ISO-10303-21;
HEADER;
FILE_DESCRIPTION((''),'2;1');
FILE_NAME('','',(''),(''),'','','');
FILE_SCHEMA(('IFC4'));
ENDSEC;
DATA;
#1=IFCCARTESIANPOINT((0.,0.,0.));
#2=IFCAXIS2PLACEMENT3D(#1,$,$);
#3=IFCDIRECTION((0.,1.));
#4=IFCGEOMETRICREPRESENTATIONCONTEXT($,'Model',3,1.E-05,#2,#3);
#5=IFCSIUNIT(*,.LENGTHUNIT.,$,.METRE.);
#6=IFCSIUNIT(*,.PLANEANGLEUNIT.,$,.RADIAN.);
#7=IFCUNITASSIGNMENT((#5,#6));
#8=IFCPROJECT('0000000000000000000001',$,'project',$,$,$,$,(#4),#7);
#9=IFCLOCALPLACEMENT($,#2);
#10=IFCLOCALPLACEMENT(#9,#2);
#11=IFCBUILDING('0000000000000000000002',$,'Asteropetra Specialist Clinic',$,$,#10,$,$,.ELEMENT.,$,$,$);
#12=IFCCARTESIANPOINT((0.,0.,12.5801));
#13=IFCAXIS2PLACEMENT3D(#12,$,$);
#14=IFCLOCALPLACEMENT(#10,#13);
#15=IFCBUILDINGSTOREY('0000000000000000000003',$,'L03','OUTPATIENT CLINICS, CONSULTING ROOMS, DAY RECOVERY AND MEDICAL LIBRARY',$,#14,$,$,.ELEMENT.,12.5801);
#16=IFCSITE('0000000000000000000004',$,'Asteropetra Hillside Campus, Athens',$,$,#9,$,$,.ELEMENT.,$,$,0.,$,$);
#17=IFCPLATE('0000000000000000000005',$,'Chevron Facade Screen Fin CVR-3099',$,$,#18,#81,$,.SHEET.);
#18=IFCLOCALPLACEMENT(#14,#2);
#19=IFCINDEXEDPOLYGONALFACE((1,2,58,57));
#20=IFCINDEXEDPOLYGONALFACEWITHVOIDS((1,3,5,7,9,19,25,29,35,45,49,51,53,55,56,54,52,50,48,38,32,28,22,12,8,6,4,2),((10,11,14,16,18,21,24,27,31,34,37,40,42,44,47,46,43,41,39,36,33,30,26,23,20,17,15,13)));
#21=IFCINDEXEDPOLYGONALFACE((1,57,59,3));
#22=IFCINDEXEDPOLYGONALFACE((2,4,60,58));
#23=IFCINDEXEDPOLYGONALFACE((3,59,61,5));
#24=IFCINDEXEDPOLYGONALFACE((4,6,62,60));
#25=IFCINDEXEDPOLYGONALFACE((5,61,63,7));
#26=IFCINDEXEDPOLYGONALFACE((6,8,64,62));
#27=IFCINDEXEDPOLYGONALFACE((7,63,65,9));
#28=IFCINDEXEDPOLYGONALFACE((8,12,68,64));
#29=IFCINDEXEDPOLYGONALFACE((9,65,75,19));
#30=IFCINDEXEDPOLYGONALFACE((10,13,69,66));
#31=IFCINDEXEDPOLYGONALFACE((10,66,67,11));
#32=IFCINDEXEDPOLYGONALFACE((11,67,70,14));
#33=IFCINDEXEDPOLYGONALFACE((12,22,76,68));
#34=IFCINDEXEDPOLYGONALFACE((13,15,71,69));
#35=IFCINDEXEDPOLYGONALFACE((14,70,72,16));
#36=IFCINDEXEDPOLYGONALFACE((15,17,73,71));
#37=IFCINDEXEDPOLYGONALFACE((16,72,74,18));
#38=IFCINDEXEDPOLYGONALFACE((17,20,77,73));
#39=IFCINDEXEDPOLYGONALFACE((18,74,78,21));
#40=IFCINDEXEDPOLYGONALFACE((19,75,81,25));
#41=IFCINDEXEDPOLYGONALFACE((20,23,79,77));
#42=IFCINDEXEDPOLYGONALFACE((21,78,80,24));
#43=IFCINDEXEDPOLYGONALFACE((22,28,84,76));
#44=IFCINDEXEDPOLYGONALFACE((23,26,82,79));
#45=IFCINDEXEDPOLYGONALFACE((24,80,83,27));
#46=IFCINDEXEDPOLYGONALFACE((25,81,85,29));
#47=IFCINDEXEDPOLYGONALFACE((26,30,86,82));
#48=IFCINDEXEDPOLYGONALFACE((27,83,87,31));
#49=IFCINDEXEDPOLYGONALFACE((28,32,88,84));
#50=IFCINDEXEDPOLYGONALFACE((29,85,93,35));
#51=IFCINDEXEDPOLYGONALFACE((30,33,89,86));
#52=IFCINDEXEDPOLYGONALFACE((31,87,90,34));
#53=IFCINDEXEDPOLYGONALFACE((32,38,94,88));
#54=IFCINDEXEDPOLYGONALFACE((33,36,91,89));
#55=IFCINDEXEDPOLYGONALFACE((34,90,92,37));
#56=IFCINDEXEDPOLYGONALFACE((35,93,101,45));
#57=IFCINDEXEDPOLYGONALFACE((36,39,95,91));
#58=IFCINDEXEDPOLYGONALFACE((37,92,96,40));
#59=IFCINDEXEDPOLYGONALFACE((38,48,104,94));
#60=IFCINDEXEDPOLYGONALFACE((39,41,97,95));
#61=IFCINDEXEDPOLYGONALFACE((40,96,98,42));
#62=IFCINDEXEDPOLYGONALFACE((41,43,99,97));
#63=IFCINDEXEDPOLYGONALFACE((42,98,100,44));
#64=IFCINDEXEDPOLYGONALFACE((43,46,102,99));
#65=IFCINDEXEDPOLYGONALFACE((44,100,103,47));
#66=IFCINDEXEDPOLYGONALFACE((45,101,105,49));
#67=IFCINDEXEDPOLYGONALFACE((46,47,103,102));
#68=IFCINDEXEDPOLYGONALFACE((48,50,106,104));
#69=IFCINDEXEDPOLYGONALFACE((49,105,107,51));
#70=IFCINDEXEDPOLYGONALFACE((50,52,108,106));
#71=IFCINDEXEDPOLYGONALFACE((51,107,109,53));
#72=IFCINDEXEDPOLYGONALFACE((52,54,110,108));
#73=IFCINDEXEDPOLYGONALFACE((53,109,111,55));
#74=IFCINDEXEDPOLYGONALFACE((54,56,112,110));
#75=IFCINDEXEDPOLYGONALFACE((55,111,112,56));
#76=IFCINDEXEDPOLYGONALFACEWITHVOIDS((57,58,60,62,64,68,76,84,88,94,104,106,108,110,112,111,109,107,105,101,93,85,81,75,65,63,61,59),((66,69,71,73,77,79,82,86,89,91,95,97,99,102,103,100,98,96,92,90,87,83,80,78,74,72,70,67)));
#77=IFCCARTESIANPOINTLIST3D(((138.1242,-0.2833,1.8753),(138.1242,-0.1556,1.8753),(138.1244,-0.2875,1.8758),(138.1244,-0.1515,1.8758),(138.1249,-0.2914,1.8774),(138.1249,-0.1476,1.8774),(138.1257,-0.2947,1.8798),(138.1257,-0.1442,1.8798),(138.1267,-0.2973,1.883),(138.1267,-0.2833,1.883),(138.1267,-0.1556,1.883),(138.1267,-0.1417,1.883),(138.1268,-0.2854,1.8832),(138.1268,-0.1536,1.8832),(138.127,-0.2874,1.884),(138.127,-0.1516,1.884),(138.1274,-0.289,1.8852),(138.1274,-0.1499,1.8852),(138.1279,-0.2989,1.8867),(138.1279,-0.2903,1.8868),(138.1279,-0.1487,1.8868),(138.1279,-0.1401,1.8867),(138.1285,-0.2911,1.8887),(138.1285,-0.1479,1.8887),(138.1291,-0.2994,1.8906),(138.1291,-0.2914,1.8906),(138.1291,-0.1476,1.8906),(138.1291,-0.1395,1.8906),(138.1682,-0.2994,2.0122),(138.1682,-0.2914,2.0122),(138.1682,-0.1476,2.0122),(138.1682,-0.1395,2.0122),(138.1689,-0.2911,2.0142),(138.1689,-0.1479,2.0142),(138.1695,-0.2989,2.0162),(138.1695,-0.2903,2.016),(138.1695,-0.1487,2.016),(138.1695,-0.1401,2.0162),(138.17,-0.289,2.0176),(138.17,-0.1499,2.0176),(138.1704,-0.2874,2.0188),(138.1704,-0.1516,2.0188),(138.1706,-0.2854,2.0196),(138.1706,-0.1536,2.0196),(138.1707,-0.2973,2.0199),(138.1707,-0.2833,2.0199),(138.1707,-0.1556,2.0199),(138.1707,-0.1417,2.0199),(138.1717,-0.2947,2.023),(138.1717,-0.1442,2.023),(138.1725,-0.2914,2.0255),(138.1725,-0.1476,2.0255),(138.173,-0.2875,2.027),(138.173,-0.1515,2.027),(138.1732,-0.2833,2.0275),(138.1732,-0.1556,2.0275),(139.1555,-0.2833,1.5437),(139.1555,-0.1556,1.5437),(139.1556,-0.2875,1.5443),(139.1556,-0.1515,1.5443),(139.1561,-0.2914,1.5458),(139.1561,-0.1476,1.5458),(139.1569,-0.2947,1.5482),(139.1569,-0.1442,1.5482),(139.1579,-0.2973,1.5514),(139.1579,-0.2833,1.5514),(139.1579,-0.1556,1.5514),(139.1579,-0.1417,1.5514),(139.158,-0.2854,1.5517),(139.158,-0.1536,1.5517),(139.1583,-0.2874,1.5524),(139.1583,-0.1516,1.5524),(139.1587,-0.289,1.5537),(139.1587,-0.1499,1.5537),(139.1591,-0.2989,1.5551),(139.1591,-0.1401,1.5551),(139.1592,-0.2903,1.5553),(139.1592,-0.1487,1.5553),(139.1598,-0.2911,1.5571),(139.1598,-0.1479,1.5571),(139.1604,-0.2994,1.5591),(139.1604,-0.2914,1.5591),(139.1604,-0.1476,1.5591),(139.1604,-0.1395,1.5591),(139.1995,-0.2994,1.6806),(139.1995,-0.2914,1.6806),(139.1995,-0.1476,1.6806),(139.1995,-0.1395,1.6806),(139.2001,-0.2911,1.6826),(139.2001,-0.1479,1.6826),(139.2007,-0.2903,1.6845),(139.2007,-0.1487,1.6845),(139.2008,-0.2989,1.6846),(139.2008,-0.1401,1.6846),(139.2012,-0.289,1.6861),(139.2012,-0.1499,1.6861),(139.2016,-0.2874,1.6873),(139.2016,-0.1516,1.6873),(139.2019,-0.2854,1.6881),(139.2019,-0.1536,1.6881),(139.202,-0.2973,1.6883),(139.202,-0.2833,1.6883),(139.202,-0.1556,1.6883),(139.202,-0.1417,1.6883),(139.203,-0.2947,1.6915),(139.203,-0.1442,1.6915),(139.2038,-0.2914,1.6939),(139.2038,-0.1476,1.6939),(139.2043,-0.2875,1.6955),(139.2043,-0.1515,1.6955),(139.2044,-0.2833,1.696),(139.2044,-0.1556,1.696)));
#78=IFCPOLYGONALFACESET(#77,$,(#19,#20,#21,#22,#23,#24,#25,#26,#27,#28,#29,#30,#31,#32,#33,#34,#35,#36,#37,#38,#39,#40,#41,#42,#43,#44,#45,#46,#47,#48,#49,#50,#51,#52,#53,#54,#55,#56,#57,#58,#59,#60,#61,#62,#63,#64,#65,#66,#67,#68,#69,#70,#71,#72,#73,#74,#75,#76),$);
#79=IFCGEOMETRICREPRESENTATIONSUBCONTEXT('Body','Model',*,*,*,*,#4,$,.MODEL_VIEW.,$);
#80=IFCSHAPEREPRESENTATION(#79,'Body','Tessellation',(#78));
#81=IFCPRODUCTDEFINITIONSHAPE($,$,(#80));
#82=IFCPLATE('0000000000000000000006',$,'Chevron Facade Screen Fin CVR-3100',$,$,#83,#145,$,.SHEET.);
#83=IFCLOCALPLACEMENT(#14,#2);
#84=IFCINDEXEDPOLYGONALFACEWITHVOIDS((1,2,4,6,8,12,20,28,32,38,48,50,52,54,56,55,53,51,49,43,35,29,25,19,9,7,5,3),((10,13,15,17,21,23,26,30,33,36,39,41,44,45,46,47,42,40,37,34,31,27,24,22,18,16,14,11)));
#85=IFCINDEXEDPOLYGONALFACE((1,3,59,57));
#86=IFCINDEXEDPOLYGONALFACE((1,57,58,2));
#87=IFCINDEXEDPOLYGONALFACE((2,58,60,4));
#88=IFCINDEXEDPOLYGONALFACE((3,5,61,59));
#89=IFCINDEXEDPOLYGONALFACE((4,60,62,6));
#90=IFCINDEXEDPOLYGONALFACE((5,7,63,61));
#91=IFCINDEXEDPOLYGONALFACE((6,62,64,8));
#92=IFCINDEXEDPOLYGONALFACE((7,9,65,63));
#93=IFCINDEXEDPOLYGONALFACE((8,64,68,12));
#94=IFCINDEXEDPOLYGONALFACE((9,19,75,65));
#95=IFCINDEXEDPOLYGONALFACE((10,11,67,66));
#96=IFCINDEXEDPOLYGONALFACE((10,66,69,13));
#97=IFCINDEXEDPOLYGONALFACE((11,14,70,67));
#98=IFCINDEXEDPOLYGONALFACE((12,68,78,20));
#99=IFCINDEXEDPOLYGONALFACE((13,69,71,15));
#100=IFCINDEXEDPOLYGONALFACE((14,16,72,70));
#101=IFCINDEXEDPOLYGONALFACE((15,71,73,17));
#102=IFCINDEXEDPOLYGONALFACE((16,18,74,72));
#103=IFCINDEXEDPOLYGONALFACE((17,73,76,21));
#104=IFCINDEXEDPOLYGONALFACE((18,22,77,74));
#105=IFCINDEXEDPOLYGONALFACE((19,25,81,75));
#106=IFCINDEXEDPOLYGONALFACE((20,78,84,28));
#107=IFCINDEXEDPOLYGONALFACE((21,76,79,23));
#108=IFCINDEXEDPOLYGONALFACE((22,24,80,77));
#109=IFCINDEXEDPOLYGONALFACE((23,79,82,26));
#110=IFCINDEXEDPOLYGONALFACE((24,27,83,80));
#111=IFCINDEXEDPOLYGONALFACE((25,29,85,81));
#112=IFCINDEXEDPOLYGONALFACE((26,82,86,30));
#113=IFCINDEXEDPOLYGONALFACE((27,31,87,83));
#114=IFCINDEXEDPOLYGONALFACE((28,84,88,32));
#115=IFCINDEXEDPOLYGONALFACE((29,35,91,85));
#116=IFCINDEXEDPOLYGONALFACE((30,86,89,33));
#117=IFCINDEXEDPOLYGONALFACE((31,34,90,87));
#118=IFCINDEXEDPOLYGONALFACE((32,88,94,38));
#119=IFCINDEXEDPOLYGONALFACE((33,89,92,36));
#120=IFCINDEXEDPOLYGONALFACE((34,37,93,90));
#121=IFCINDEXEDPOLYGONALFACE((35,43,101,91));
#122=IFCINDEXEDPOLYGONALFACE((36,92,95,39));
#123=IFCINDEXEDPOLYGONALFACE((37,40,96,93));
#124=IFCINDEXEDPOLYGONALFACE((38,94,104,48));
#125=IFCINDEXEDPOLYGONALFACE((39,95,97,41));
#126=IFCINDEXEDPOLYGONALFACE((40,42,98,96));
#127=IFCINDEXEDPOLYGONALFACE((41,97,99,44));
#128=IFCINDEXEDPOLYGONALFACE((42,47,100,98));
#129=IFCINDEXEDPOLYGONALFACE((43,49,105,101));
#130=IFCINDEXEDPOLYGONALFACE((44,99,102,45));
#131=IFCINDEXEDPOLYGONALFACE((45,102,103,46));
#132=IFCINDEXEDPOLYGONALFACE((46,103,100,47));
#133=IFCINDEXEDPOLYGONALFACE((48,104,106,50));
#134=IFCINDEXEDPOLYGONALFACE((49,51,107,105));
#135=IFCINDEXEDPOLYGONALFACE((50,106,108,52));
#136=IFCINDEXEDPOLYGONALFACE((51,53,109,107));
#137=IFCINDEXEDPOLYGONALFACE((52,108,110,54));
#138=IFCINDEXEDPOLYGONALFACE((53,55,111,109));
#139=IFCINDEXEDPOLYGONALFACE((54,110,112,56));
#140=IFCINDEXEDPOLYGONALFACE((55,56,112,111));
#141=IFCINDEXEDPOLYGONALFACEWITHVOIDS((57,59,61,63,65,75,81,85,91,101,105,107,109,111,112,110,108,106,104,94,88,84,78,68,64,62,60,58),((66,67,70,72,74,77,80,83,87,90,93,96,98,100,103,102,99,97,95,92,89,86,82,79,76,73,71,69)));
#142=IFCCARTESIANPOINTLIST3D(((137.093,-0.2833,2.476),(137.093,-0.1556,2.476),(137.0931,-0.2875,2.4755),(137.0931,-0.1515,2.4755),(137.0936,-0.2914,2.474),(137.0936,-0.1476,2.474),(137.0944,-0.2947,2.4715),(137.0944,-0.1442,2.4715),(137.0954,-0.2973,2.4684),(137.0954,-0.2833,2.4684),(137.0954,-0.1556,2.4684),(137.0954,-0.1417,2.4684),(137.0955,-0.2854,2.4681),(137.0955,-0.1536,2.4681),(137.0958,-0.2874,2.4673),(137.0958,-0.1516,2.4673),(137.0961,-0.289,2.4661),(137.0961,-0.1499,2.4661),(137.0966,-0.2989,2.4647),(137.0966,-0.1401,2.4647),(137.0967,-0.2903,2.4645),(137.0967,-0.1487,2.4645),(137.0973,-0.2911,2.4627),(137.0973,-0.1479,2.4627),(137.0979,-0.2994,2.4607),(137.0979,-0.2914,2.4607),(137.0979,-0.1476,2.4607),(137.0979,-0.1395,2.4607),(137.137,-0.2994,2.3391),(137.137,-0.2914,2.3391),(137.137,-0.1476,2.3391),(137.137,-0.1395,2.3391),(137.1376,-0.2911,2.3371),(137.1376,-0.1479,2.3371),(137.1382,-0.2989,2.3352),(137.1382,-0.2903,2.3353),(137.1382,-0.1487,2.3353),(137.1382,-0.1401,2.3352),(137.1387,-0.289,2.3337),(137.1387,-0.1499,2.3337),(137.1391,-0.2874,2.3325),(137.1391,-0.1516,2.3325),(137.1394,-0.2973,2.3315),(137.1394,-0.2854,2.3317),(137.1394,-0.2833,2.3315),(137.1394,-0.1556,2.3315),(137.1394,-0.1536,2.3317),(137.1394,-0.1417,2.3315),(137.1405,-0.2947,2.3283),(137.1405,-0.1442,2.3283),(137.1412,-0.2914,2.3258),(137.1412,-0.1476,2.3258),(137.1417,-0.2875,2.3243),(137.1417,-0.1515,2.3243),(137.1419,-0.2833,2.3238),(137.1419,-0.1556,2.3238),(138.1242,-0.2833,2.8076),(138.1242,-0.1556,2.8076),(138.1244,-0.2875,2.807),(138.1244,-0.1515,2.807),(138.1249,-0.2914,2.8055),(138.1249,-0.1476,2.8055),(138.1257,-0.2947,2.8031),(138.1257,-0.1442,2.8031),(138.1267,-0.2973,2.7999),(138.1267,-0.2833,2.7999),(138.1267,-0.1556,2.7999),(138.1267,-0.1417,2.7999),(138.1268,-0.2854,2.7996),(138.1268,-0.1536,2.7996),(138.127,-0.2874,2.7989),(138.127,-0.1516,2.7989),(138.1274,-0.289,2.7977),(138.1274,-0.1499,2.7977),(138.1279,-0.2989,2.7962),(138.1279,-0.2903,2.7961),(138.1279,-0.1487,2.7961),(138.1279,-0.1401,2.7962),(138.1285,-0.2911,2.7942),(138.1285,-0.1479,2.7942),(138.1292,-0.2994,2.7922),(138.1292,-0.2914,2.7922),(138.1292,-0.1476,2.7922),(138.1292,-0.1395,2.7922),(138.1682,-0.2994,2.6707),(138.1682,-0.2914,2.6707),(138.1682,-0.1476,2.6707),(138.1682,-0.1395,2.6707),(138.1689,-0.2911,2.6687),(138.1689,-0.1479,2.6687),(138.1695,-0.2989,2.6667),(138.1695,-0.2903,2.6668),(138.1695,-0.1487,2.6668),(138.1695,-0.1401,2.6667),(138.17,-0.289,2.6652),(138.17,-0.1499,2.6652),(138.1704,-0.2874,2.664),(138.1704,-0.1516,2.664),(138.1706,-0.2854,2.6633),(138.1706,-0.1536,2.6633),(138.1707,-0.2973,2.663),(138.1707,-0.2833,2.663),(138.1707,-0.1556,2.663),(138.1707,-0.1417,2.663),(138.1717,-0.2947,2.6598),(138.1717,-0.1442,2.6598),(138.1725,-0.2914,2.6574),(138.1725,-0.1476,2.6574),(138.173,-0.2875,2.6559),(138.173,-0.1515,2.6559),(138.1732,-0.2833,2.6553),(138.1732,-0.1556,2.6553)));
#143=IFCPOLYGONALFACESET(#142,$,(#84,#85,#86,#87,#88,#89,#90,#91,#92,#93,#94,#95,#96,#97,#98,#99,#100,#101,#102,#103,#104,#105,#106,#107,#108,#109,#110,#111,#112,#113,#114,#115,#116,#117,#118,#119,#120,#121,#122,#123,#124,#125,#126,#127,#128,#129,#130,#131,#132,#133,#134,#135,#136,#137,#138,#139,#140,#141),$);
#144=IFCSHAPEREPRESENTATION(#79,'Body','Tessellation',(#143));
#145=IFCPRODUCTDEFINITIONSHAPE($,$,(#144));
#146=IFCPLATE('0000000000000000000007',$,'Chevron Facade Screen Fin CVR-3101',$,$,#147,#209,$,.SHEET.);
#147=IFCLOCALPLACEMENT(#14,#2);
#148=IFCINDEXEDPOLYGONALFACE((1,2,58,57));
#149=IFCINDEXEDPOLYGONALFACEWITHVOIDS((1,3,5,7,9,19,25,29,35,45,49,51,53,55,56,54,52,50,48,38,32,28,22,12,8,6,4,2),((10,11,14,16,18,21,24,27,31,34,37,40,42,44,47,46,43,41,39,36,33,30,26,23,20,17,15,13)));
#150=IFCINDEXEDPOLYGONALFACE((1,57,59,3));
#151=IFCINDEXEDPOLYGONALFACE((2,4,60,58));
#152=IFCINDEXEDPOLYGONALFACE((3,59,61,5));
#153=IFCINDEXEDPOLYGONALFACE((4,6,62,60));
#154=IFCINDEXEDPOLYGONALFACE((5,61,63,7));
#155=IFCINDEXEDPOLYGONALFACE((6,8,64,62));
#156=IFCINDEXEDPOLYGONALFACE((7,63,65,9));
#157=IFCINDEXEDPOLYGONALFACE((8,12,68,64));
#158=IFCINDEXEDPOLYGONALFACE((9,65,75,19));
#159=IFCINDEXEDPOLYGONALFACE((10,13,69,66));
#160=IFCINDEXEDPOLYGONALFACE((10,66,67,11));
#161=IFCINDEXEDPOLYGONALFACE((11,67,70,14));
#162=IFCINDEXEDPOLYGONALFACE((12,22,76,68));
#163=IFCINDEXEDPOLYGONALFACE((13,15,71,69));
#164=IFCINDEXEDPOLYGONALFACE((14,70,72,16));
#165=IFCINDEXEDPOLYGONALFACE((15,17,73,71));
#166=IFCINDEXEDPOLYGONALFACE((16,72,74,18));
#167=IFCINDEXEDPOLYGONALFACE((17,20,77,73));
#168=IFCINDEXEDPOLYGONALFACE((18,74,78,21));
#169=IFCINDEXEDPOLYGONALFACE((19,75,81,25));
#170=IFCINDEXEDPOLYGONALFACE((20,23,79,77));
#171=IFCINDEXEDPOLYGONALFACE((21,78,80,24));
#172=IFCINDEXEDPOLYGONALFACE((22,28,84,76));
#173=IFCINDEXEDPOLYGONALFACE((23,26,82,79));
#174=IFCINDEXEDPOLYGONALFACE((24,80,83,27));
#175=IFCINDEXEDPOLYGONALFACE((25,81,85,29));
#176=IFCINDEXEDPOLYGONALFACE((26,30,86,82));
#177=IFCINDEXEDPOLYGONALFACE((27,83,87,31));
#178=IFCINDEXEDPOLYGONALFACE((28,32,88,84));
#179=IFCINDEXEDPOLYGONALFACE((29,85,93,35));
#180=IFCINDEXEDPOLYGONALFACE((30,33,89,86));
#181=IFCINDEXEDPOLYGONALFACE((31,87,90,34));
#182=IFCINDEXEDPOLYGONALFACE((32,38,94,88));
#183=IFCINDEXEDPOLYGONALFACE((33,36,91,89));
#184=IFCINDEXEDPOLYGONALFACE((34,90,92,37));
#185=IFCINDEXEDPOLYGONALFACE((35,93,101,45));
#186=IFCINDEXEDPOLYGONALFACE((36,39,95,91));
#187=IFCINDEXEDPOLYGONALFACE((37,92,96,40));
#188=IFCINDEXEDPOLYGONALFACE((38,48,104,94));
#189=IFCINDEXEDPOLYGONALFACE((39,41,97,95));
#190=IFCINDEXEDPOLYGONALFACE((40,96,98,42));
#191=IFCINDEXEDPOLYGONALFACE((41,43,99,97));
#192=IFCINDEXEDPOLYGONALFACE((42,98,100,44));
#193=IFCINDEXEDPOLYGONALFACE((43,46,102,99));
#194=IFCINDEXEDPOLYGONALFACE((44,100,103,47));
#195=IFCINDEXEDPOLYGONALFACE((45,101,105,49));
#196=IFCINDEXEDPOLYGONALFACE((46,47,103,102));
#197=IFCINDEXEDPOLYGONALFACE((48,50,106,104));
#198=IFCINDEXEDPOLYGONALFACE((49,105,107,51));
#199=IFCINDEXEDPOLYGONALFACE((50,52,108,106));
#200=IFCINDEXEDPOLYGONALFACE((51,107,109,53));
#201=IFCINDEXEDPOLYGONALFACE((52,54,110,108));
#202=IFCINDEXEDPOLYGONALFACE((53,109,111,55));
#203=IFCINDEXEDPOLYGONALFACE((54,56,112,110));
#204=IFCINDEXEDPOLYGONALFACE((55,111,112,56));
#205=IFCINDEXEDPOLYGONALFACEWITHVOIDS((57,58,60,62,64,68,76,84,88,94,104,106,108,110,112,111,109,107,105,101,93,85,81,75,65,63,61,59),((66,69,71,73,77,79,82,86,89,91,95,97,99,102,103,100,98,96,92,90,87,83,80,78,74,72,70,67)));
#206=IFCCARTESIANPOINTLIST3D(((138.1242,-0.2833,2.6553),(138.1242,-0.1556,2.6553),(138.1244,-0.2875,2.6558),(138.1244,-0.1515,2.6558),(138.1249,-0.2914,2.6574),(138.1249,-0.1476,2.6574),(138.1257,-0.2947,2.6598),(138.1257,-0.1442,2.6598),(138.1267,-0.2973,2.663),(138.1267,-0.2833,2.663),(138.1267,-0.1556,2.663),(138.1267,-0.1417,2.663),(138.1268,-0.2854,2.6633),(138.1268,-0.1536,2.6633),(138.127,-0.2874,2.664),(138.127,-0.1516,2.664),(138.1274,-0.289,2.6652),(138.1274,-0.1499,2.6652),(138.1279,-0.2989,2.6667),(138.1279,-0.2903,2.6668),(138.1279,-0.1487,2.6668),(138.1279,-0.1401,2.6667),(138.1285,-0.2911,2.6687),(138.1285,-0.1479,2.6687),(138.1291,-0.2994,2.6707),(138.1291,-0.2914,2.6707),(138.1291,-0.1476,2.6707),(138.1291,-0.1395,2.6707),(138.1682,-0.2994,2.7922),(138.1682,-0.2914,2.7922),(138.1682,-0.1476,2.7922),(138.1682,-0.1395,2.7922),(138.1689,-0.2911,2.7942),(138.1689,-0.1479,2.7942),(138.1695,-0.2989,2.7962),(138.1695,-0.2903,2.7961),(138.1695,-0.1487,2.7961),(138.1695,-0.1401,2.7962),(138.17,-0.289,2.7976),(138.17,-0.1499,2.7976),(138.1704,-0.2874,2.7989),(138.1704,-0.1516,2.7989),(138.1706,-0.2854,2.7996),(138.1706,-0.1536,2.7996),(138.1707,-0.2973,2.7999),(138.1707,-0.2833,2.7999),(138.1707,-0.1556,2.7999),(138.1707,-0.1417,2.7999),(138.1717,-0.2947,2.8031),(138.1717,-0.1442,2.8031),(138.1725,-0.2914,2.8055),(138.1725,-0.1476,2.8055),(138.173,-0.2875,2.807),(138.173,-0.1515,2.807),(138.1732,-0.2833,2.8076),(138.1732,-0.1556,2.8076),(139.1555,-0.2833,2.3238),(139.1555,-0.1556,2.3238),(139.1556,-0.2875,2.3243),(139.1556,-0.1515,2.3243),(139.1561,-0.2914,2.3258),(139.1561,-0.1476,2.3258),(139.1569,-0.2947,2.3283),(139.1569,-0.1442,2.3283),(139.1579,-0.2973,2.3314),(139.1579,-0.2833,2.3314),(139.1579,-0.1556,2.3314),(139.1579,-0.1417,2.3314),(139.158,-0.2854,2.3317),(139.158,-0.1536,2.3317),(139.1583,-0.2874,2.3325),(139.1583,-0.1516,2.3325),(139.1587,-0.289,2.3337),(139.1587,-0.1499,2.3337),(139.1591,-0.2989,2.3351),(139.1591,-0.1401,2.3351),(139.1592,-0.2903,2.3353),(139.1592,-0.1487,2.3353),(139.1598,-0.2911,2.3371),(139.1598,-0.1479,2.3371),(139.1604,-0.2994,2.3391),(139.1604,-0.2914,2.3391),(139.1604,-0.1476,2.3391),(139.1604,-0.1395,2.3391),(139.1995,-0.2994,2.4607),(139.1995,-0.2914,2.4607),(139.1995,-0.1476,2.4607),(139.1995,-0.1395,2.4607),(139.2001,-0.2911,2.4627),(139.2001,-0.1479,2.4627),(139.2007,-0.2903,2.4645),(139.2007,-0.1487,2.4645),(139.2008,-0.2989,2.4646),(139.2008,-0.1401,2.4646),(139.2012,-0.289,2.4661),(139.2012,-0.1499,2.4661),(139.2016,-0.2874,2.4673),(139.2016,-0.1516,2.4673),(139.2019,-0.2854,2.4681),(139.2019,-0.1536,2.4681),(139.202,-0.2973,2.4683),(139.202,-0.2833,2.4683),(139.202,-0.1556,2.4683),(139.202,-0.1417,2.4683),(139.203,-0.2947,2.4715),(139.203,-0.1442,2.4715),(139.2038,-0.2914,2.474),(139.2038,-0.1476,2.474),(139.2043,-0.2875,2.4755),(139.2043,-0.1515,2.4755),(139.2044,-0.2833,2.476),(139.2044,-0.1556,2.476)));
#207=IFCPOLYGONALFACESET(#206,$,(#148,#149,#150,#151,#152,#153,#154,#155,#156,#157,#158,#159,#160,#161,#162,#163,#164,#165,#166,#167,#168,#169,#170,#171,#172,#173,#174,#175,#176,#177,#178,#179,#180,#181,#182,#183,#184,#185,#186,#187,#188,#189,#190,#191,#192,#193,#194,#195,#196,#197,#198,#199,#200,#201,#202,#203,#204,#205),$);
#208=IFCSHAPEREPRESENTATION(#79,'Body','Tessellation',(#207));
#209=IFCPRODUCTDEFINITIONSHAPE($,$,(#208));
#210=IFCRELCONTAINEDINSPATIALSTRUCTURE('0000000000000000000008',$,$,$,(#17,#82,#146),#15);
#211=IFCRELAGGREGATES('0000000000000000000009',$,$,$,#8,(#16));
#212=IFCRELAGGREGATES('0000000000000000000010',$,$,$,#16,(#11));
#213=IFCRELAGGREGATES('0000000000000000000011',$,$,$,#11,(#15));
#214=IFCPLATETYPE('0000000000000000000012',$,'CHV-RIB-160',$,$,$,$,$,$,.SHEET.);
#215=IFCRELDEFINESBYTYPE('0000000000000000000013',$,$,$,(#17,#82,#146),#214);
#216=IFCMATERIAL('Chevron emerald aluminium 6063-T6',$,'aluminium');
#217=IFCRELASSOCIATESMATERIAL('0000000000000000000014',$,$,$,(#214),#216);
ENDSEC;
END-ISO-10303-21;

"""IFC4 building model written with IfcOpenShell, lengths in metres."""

from ifc_helpers import new_model, si_unit, direction, frame, origin, origin_2d, place, context, subcontext, project, spatial, hollow_rectangle, extrude, material, material_profile, profile_set, type_object, element, save


model = new_model("IFC4")

# Units and contexts
model_context = context("Model", 3, precision=1e-05, world=origin(), true_north=direction((0.0, 1.0)))
body_context = subcontext(model_context, "Body", "Model", "MODEL_VIEW")
ifc_project = project(units=[si_unit("LENGTHUNIT", "METRE"), si_unit("PLANEANGLEUNIT", "RADIAN")], contexts=[model_context])

# Site, building, storey
site_placement = place(None, origin())
site = spatial("IfcSite", under=ifc_project, at=site_placement, Name="Asteropetra Hillside Campus, Athens", CompositionType="ELEMENT", RefElevation=0.0)
building_placement = place(site_placement, origin())
building = spatial("IfcBuilding", under=site, at=building_placement, Name="Asteropetra Specialist Clinic", CompositionType="ELEMENT")
storey_placement = place(building_placement, frame((0.0, 0.0, 12.5801)))
storey = spatial("IfcBuildingStorey", under=building, at=storey_placement, Name="L03", Description="OUTPATIENT CLINICS, CONSULTING ROOMS, DAY RECOVERY AND MEDICAL LIBRARY", CompositionType="ELEMENT", Elevation=12.5801)

# Plates
ifc_material_1 = material(Name="Chevron emerald aluminium 6063-T6", Category="aluminium")
ifc_material_profile_1 = material_profile(ifc_material_1, hollow_rectangle(XDim=0.1599, YDim=0.1599, WallThickness=0.0081, InnerFilletRadius=0.0081, OuterFilletRadius=0.0161, at=origin_2d()), Name="SHS 160x160x8.0")
ifc_profile_set_1 = profile_set([ifc_material_profile_1], Name="Chevron emerald aluminium 6063-T6")
plate_type_1 = type_object("IfcPlateType", Name="CHV-RIB-160", PredefinedType="SHEET", material=ifc_profile_set_1)
for number, where, z_axis, x_axis, name in (
    (1, (138.1487, -0.2195, 1.9514), (0.95201, 0.0, -0.306068), (0.0, 1.0, 0.0), "Chevron Facade Screen Fin CVR-3099"),
    (2, (137.1174, -0.2195, 2.3999), (0.95201, 0.0, 0.306068), (0.0, 1.0, 0.0), "Chevron Facade Screen Fin CVR-3100"),
    (3, (138.1487, -0.2195, 2.7314), (0.95201, 0.0, -0.306068), (0.0, 1.0, 0.0), "Chevron Facade Screen Fin CVR-3101"),
):
    element("IfcPlate", number, at=place(storey_placement, frame(where, z_axis=z_axis, x_axis=x_axis)), inside=storey, type_object=plate_type_1, Name=name, PredefinedType="SHEET", context=body_context, shape_type="SweptSolid", body=[
        extrude(hollow_rectangle(XDim=0.1599, YDim=0.1599, WallThickness=0.0081, InnerFilletRadius=0.0081, OuterFilletRadius=0.0161, at=origin_2d()), origin(), (0.0, 0.0, 1.0), 1.0833),
    ])

save(model, "model.ifc")
